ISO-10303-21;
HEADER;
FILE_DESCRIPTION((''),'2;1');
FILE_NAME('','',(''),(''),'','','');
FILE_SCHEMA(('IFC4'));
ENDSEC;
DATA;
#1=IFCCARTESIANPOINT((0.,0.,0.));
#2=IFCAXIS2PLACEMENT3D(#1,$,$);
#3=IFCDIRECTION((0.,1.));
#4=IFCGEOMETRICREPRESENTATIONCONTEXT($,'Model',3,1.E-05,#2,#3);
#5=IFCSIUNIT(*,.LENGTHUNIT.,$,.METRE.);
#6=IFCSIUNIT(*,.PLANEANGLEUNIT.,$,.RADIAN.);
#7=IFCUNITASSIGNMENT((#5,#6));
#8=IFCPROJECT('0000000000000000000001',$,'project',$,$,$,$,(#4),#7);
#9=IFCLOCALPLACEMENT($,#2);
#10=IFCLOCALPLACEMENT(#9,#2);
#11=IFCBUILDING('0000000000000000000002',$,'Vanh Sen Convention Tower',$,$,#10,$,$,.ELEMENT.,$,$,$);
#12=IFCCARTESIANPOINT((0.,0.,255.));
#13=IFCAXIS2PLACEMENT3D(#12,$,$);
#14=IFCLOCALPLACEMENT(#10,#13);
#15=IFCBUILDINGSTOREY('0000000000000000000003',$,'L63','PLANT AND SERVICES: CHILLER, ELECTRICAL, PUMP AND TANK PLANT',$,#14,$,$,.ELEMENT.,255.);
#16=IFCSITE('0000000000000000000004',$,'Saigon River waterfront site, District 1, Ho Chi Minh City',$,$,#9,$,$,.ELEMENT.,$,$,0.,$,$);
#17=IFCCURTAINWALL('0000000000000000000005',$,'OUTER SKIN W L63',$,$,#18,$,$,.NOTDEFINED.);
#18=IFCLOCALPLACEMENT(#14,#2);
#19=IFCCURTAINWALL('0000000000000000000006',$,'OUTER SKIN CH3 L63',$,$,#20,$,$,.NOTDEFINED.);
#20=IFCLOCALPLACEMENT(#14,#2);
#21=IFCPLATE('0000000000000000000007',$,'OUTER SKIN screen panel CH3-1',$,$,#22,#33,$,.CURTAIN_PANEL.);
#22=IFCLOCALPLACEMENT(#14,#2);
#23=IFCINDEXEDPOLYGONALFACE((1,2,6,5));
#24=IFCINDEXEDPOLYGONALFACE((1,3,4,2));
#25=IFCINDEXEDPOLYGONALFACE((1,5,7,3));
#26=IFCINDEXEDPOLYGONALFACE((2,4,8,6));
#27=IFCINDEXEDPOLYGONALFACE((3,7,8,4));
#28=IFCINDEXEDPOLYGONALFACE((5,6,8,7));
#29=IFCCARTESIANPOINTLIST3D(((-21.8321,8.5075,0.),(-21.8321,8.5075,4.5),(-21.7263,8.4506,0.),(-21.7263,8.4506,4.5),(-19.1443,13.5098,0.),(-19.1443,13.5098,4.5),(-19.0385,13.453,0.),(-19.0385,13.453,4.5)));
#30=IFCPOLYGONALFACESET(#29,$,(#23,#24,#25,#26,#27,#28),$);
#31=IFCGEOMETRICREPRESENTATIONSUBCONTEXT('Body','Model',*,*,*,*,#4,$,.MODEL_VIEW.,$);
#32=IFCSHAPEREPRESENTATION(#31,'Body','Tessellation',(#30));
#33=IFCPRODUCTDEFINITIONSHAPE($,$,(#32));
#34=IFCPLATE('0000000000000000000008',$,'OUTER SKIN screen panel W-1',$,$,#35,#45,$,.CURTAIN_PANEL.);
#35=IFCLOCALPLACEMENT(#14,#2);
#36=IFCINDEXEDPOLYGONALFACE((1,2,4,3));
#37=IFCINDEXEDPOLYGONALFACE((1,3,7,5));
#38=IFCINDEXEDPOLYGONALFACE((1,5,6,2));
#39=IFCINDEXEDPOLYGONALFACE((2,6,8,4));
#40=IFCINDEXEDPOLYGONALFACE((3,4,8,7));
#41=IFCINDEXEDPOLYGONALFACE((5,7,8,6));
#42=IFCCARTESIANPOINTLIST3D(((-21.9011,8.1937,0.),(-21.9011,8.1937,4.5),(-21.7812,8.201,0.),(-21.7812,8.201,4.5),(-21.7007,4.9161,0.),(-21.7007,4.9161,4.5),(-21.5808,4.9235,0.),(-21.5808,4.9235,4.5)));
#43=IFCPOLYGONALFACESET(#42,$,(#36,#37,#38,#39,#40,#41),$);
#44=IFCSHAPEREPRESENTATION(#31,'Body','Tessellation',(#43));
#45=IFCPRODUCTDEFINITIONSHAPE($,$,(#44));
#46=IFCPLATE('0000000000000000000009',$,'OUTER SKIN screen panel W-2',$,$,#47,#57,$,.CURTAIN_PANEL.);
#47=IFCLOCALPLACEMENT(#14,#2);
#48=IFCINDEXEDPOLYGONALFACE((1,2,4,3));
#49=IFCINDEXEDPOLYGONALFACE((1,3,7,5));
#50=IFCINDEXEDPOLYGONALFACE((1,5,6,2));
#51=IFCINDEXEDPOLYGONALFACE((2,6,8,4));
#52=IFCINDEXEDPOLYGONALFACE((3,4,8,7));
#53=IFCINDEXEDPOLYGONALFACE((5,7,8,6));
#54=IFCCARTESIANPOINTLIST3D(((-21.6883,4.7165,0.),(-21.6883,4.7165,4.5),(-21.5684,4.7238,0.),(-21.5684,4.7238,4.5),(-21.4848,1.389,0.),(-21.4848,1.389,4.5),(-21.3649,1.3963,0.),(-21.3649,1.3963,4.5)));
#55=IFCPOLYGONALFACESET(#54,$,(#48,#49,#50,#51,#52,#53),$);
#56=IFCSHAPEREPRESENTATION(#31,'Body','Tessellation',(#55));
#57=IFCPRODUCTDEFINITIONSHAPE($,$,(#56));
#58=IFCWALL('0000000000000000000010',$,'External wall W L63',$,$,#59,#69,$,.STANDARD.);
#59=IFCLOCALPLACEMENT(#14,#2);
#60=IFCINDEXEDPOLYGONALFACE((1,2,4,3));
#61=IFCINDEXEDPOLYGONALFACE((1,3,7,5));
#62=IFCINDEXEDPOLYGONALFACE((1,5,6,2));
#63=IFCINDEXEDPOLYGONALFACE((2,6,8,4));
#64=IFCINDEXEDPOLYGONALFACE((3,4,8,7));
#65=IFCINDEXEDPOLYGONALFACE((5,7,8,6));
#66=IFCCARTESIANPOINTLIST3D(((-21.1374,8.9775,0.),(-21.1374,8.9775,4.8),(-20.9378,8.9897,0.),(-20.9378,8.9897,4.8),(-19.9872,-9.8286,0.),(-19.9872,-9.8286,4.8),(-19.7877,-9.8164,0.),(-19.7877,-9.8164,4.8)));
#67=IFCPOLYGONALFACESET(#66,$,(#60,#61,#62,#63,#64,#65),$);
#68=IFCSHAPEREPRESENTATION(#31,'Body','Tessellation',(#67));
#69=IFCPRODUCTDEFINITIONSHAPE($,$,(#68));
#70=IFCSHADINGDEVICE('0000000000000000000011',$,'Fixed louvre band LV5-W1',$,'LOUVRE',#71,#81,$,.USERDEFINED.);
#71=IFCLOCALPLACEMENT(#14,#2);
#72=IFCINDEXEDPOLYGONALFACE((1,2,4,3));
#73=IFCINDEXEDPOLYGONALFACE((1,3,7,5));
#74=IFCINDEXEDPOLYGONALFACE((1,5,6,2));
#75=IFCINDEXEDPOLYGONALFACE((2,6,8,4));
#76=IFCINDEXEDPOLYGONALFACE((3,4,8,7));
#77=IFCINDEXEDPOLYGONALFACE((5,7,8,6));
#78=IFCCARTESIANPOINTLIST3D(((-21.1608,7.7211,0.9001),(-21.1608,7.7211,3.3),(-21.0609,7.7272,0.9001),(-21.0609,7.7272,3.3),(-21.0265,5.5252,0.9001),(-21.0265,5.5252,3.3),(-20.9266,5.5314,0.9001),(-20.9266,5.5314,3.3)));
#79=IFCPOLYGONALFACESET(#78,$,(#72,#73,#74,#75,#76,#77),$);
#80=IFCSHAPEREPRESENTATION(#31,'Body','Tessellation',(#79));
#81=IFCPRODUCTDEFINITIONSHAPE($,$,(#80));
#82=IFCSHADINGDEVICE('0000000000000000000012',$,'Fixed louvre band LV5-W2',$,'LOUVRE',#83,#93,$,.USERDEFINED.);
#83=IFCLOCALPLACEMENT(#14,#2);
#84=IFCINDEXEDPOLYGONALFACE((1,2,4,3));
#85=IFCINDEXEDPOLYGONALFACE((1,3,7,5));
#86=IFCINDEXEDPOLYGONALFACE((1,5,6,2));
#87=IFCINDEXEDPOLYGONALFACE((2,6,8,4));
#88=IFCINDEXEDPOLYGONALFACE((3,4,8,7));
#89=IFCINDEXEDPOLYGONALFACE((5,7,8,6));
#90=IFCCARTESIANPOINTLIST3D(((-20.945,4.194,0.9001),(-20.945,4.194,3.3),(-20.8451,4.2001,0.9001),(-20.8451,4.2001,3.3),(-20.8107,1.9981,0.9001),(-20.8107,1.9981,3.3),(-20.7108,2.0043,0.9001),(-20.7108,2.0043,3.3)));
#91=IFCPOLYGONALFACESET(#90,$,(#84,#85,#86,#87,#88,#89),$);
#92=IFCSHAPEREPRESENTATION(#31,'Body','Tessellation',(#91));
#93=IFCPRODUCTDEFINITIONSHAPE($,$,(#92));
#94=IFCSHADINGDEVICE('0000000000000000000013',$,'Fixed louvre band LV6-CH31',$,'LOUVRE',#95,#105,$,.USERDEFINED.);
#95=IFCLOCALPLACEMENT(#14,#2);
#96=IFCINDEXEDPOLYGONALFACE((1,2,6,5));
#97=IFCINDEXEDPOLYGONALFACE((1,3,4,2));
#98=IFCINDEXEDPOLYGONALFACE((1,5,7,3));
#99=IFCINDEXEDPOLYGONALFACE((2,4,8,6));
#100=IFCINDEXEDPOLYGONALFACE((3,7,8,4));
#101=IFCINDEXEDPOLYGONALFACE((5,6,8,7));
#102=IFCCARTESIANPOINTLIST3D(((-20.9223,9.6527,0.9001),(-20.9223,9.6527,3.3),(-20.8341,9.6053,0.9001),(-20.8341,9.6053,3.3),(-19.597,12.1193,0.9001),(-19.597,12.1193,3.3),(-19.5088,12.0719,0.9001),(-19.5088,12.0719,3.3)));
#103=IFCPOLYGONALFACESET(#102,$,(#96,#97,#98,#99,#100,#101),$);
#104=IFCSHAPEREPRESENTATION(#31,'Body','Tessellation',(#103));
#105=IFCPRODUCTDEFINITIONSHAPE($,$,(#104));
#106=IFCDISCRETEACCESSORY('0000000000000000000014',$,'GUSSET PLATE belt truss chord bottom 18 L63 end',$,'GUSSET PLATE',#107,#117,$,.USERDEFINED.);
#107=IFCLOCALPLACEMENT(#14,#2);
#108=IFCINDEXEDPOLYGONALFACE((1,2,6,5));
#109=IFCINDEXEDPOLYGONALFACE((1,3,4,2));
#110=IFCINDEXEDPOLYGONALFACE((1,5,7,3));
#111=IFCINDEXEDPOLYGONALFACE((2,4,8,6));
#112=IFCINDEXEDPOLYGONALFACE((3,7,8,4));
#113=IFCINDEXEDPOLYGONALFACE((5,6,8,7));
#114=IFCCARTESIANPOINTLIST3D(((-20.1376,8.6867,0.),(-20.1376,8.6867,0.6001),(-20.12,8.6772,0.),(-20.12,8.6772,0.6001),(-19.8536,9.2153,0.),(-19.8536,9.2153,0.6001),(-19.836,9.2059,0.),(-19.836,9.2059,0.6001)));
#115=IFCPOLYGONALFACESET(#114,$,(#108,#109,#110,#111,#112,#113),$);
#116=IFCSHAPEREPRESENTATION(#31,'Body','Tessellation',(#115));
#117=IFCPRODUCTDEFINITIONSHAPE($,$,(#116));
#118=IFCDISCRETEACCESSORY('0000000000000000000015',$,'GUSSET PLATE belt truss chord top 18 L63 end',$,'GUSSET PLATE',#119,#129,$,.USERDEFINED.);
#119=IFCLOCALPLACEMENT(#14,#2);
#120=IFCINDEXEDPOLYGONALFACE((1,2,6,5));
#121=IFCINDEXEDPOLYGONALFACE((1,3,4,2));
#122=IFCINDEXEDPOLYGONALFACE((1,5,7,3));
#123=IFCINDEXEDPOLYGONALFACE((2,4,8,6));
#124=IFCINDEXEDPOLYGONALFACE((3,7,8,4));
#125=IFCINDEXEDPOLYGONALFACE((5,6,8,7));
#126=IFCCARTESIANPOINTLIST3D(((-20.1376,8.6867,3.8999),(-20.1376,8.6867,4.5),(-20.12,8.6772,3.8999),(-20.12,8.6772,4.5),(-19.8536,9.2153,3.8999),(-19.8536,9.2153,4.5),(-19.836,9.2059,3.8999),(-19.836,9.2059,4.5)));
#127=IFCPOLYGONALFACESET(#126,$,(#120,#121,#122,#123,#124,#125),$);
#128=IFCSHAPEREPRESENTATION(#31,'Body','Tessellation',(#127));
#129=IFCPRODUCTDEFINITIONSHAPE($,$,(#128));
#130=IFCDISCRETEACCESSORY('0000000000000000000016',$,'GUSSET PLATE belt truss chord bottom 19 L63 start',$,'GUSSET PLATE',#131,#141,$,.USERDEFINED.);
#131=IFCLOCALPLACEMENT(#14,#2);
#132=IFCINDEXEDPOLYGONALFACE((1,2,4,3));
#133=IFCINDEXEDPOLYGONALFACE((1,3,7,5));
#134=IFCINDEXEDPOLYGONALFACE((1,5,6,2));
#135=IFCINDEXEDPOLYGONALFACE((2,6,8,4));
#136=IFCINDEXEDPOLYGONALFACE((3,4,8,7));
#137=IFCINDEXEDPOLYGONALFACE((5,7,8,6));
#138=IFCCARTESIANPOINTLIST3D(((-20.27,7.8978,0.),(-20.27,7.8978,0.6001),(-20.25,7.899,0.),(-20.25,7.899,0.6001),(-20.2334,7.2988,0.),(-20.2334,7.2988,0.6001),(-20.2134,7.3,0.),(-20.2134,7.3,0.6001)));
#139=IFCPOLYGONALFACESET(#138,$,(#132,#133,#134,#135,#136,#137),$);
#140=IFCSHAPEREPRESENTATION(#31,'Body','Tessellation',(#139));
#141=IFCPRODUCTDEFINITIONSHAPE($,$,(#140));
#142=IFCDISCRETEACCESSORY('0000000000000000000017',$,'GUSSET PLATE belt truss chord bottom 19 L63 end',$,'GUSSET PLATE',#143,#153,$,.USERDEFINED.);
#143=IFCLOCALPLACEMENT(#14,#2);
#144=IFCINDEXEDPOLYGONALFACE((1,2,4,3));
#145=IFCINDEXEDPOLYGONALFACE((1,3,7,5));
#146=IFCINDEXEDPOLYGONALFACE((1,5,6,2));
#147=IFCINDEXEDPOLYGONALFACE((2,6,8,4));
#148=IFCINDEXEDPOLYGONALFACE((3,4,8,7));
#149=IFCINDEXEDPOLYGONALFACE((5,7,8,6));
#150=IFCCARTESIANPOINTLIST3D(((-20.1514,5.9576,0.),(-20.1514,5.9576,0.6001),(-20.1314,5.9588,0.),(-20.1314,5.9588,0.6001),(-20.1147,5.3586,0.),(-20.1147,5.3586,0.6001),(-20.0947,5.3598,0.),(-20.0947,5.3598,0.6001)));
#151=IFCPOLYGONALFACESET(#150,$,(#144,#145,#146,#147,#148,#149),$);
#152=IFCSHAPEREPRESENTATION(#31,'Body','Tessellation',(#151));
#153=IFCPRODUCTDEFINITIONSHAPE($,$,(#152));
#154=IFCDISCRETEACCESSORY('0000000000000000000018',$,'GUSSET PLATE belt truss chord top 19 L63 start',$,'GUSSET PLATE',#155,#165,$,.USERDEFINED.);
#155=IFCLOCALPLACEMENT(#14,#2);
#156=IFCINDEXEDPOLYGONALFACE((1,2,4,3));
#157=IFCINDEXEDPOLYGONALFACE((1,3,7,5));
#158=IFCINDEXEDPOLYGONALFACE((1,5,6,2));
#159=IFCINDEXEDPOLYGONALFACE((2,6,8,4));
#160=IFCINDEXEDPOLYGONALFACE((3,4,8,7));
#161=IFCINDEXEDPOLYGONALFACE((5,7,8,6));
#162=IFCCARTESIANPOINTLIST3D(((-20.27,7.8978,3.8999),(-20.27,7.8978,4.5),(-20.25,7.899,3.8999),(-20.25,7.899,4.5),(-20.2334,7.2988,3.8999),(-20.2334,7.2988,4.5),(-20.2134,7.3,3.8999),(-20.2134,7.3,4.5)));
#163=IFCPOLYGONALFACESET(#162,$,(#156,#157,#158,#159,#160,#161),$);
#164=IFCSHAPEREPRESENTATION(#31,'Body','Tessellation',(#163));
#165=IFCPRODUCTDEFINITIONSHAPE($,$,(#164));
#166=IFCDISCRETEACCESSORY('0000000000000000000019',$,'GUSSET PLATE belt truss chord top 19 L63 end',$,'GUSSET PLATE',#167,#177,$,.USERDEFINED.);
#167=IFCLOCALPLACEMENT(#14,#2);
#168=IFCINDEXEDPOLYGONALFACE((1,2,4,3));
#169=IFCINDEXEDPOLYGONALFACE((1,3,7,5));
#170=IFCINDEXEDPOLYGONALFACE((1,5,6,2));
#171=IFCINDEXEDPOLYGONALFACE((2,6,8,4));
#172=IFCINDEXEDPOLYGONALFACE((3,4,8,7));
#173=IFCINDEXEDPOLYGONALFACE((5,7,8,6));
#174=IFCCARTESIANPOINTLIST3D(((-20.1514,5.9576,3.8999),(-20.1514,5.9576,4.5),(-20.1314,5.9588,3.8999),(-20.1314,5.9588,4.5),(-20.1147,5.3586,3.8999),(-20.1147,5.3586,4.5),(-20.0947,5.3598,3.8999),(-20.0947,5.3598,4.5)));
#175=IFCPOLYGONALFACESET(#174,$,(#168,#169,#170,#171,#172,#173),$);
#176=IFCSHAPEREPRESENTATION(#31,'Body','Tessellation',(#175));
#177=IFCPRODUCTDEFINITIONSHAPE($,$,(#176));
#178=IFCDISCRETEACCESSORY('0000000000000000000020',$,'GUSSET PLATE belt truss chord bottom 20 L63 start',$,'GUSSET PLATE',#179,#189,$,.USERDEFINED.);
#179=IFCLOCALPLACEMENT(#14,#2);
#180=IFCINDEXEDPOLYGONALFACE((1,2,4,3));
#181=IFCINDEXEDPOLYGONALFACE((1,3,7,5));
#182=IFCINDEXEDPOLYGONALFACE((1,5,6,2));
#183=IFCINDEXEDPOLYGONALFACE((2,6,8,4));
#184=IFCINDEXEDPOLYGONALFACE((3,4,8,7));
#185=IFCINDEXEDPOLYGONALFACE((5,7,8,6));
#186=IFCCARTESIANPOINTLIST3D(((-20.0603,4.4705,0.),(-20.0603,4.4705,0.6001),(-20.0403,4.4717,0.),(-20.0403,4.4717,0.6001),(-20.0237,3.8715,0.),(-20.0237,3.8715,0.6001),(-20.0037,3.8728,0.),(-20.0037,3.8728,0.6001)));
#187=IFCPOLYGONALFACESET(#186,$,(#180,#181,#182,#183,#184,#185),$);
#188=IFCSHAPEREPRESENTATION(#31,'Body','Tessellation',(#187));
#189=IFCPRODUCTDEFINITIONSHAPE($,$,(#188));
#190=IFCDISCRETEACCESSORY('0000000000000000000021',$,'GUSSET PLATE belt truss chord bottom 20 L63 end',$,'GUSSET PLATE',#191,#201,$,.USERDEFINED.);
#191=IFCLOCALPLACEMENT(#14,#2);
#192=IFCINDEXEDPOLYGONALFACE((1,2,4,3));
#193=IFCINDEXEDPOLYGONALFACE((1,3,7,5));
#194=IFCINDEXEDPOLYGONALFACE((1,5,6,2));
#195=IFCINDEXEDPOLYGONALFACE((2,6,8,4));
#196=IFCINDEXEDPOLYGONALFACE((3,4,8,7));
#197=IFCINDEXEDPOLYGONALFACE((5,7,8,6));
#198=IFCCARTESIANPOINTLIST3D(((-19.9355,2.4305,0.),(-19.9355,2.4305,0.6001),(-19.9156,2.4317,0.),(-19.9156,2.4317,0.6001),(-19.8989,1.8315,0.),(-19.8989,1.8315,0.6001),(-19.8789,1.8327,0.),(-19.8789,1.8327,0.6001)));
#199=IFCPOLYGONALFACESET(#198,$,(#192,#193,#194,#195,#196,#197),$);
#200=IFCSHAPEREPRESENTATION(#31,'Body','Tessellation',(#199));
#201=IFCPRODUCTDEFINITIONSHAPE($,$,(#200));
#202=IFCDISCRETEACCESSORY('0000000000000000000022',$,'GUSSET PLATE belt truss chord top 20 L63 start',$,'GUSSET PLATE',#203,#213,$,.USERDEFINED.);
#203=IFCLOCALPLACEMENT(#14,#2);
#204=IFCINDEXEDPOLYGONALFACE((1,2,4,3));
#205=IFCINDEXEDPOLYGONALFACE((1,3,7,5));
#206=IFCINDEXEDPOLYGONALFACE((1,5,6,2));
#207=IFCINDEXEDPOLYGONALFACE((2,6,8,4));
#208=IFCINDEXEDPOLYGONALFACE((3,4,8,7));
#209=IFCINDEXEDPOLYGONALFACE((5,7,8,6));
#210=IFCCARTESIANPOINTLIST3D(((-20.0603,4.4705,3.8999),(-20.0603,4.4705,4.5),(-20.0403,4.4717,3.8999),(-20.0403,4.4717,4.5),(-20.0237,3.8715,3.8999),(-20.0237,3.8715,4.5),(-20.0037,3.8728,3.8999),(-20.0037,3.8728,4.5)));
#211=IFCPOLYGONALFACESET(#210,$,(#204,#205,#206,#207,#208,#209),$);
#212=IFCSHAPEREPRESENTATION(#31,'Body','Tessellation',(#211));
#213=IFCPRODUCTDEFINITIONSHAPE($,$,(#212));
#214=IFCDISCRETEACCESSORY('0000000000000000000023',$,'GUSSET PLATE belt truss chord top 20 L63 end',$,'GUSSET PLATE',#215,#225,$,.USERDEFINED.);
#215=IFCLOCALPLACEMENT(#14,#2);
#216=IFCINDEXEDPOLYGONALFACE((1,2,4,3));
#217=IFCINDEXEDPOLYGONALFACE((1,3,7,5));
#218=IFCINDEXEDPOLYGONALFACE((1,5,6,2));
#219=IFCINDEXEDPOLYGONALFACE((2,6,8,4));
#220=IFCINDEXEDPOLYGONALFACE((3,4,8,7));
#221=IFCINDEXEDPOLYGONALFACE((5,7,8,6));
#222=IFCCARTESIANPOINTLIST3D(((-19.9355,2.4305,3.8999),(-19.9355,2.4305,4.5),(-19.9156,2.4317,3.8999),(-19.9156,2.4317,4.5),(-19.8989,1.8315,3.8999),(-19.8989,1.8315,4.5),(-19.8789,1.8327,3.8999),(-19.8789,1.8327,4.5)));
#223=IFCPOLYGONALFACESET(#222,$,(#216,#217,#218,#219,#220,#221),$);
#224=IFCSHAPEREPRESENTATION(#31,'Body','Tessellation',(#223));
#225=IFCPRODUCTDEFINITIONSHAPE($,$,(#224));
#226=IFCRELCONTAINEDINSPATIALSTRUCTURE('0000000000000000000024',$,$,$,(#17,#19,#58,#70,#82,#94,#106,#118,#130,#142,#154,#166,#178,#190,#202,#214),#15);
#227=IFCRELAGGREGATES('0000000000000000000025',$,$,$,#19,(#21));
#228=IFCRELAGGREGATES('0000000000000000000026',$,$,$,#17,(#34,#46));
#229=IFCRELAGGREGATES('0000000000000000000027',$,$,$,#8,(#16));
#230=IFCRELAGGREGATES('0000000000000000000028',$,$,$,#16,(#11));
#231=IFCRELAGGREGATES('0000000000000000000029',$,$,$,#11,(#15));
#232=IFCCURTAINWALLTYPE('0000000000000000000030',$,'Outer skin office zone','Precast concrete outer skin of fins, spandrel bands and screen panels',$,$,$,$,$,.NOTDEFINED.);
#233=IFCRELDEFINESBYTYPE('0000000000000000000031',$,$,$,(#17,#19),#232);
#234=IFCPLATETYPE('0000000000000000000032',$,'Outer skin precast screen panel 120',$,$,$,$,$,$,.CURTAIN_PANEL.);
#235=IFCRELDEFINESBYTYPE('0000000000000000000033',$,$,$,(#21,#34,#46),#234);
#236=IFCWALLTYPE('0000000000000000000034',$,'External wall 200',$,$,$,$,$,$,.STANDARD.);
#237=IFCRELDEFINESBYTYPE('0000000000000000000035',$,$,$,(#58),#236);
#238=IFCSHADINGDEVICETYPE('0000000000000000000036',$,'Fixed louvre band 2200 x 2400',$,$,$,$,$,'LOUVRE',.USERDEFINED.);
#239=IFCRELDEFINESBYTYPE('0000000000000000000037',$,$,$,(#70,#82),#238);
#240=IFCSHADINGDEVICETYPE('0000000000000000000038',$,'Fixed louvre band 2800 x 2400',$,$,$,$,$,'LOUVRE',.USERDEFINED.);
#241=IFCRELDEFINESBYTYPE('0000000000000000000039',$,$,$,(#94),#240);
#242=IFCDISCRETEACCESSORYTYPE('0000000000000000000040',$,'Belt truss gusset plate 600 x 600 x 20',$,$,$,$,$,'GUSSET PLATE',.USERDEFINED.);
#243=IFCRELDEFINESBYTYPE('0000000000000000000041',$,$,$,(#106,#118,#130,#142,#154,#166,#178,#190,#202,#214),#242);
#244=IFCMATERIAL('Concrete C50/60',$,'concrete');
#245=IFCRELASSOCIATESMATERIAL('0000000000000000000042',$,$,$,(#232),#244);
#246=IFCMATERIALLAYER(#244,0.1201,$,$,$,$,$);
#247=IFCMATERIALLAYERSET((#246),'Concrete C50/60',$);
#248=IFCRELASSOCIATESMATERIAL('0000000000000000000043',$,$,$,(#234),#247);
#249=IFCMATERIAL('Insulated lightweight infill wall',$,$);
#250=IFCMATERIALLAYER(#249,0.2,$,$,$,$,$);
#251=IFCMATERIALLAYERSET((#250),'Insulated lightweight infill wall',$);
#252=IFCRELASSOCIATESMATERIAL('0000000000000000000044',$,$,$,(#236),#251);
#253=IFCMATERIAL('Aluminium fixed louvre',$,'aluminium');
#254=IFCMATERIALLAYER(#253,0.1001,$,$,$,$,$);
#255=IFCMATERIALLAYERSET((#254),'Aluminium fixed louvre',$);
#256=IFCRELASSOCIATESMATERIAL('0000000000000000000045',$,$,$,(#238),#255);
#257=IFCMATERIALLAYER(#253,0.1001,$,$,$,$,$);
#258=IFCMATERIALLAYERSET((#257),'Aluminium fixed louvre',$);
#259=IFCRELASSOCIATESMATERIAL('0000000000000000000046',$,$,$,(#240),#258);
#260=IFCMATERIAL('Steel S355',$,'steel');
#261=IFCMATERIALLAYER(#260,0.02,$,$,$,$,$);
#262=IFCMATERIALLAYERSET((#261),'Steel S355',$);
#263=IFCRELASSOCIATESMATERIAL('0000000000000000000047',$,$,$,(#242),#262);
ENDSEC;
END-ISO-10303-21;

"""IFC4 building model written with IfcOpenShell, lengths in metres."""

from ifc_helpers import new_model, si_unit, direction, frame, frame_2d, origin, origin_2d, place, context, subcontext, project, spatial, rectangle, extrude, material, layer, layer_set, type_object, element, aggregate, save


model = new_model("IFC4")

# Units and contexts
model_context = context("Model", 3, precision=1e-05, world=origin(), true_north=direction((0.0, 1.0)))
body_context = subcontext(model_context, "Body", "Model", "MODEL_VIEW")
ifc_project = project(units=[si_unit("LENGTHUNIT", "METRE"), si_unit("PLANEANGLEUNIT", "RADIAN")], contexts=[model_context])

# Site, building, storey
site_placement = place(None, origin())
site = spatial("IfcSite", under=ifc_project, at=site_placement, Name="Saigon River waterfront site, District 1, Ho Chi Minh City", CompositionType="ELEMENT", RefElevation=0.0)
building_placement = place(site_placement, origin())
building = spatial("IfcBuilding", under=site, at=building_placement, Name="Vanh Sen Convention Tower", CompositionType="ELEMENT")
storey_placement = place(building_placement, frame((0.0, 0.0, 255.0)))
storey = spatial("IfcBuildingStorey", under=building, at=storey_placement, Name="L63", Description="PLANT AND SERVICES: CHILLER, ELECTRICAL, PUMP AND TANK PLANT", CompositionType="ELEMENT", Elevation=255.0)

# Shared definitions
ifc_material_1 = material(Name="Steel S355", Category="steel")

# Curtain wall
ifc_material_2 = material(Name="Concrete C50/60", Category="concrete")
curtain_wall_type = type_object("IfcCurtainWallType", Name="Outer skin office zone", Description="Precast concrete outer skin of fins, spandrel bands and screen panels", PredefinedType="NOTDEFINED", material=ifc_material_2)
curtain_wall_1_placement = place(storey_placement, origin())
curtain_wall_1 = element("IfcCurtainWall", 1, at=curtain_wall_1_placement, inside=storey, type_object=curtain_wall_type, Name="OUTER SKIN W L63", PredefinedType="NOTDEFINED")

# Curtain wall, plate
curtain_wall_2_placement = place(storey_placement, origin())
curtain_wall_2 = element("IfcCurtainWall", 2, at=curtain_wall_2_placement, inside=storey, type_object=curtain_wall_type, Name="OUTER SKIN CH3 L63", PredefinedType="NOTDEFINED")
ifc_layer_1 = layer(ifc_material_2, 0.1201)
ifc_layer_set_1 = layer_set([ifc_layer_1], Name="Concrete C50/60")
plate_type = type_object("IfcPlateType", Name="Outer skin precast screen panel 120", PredefinedType="CURTAIN_PANEL", material=ifc_layer_set_1)
plate_1_placement = place(storey_placement, frame((-20.4353, 10.9802, 0.0), z_axis=(0.0, 0.0, 1.0), x_axis=(-0.473307, -0.880897, 0.0)))
plate_1 = element("IfcPlate", 3, at=plate_1_placement, type_object=plate_type, Name="OUTER SKIN screen panel CH3-1", PredefinedType="CURTAIN_PANEL", context=body_context, shape_type="SweptSolid", body=[
    extrude(rectangle(XDim=5.6787, YDim=0.1201, at=origin_2d()), origin(), (0.0, 0.0, 1.0), 4.5),
])
aggregate(curtain_wall_2, [plate_1])

# Plates
plate_2_placement = place(storey_placement, frame((-21.741, 6.5586, 0.0), z_axis=(0.0, 0.0, 1.0), x_axis=(0.061043, -0.998135, 0.0)))
plate_2 = element("IfcPlate", 4, at=plate_2_placement, type_object=plate_type, Name="OUTER SKIN screen panel W-1", PredefinedType="CURTAIN_PANEL", context=body_context, shape_type="SweptSolid", body=[
    extrude(rectangle(XDim=3.2837, YDim=0.1201, at=origin_2d()), origin(), (0.0, 0.0, 1.0), 4.5),
])
plate_3_placement = place(storey_placement, frame((-21.5266, 3.0564, 0.0), z_axis=(0.0, 0.0, 1.0), x_axis=(0.061042, -0.998135, 0.0)))
plate_3 = element("IfcPlate", 5, at=plate_3_placement, type_object=plate_type, Name="OUTER SKIN screen panel W-2", PredefinedType="CURTAIN_PANEL", context=body_context, shape_type="SweptSolid", body=[
    extrude(rectangle(XDim=3.3337, YDim=0.1201, at=origin_2d()), origin(), (0.0, 0.0, 1.0), 4.5),
])
aggregate(curtain_wall_1, [plate_2, plate_3])

# Wall
ifc_material_3 = material(Name="Insulated lightweight infill wall")
ifc_layer_2 = layer(ifc_material_3, 0.2)
ifc_layer_set_2 = layer_set([ifc_layer_2], Name="Insulated lightweight infill wall")
wall_type = type_object("IfcWallType", Name="External wall 200", PredefinedType="STANDARD", material=ifc_layer_set_2)
wall_placement = place(storey_placement, frame((-21.0376, 8.9836, 0.0), z_axis=(0.0, 0.0, 1.0), x_axis=(0.061044, -0.998135, 0.0)))
element("IfcWall", 6, at=wall_placement, inside=storey, type_object=wall_type, Name="External wall W L63", PredefinedType="STANDARD", context=body_context, shape_type="SweptSolid", body=[
    extrude(rectangle(XDim=18.8413, YDim=0.2, at=frame_2d((9.4207, 0.0))), origin(), (0.0, 0.0, 1.0), 4.8),
])

# Shading devices
ifc_material_4 = material(Name="Aluminium fixed louvre", Category="aluminium")
ifc_layer_3 = layer(ifc_material_4, 0.1001)
ifc_layer_set_3 = layer_set([ifc_layer_3], Name="Aluminium fixed louvre")
shading_device_type_1 = type_object("IfcShadingDeviceType", Name="Fixed louvre band 2200 x 2400", ElementType="LOUVRE", PredefinedType="USERDEFINED", material=ifc_layer_set_3)
for number, where, z_axis, x_axis, name in (
    (7, (-21.0437, 6.6262, 0.9001), (0.0, 0.0, 1.0), (0.061045, -0.998135, 0.0), "Fixed louvre band LV5-W1"),
    (8, (-20.8279, 3.0991, 0.9001), (0.0, 0.0, 1.0), (0.061045, -0.998135, 0.0), "Fixed louvre band LV5-W2"),
):
    element("IfcShadingDevice", number, at=place(storey_placement, frame(where, z_axis=z_axis, x_axis=x_axis)), inside=storey, type_object=shading_device_type_1, Name=name, ObjectType="LOUVRE", PredefinedType="USERDEFINED", context=body_context, shape_type="SweptSolid", body=[
        extrude(rectangle(XDim=2.2, YDim=0.1001, at=origin_2d()), origin(), (0.0, 0.0, 1.0), 2.3999),
    ])
ifc_layer_4 = layer(ifc_material_4, 0.1001)
ifc_layer_set_4 = layer_set([ifc_layer_4], Name="Aluminium fixed louvre")
shading_device_type_2 = type_object("IfcShadingDeviceType", Name="Fixed louvre band 2800 x 2400", ElementType="LOUVRE", PredefinedType="USERDEFINED", material=ifc_layer_set_4)
shading_device_placement = place(storey_placement, frame((-20.2156, 10.8623, 0.9001), z_axis=(0.0, 0.0, 1.0), x_axis=(-0.473307, -0.880897, 0.0)))
element("IfcShadingDevice", 9, at=shading_device_placement, inside=storey, type_object=shading_device_type_2, Name="Fixed louvre band LV6-CH31", ObjectType="LOUVRE", PredefinedType="USERDEFINED", context=body_context, shape_type="SweptSolid", body=[
    extrude(rectangle(XDim=2.8, YDim=0.1001, at=origin_2d()), origin(), (0.0, 0.0, 1.0), 2.3999),
])

# Discrete accessories
ifc_layer_5 = layer(ifc_material_1, 0.02)
ifc_layer_set_5 = layer_set([ifc_layer_5], Name="Steel S355")
discrete_accessory_type_1 = type_object("IfcDiscreteAccessoryType", Name="Belt truss gusset plate 600 x 600 x 20", ElementType="GUSSET PLATE", PredefinedType="USERDEFINED", material=ifc_layer_set_5)
for number, where, z_axis, x_axis, name in (
    (10, (-19.9868, 8.9463, 0.0), (0.0, 0.0, 1.0), (0.473304, 0.880899, 0.0), "GUSSET PLATE belt truss chord bottom 18 L63 end"),
    (11, (-19.9868, 8.9463, 3.8999), (0.0, 0.0, 1.0), (0.473304, 0.880899, 0.0), "GUSSET PLATE belt truss chord top 18 L63 end"),
    (12, (-20.2417, 7.5989, 0.0), (0.0, 0.0, 1.0), (0.061043, -0.998135, 0.0), "GUSSET PLATE belt truss chord bottom 19 L63 start"),
    (13, (-20.123, 5.6587, 0.0), (0.0, 0.0, 1.0), (-0.061043, 0.998135, 0.0), "GUSSET PLATE belt truss chord bottom 19 L63 end"),
    (14, (-20.2417, 7.5989, 3.8999), (0.0, 0.0, 1.0), (0.061043, -0.998135, 0.0), "GUSSET PLATE belt truss chord top 19 L63 start"),
    (15, (-20.123, 5.6587, 3.8999), (0.0, 0.0, 1.0), (-0.061043, 0.998135, 0.0), "GUSSET PLATE belt truss chord top 19 L63 end"),
    (16, (-20.032, 4.1716, 0.0), (0.0, 0.0, 1.0), (0.061042, -0.998135, 0.0), "GUSSET PLATE belt truss chord bottom 20 L63 start"),
    (17, (-19.9072, 2.1316, 0.0), (0.0, 0.0, 1.0), (-0.061042, 0.998135, 0.0), "GUSSET PLATE belt truss chord bottom 20 L63 end"),
    (18, (-20.032, 4.1716, 3.8999), (0.0, 0.0, 1.0), (0.061042, -0.998135, 0.0), "GUSSET PLATE belt truss chord top 20 L63 start"),
    (19, (-19.9072, 2.1316, 3.8999), (0.0, 0.0, 1.0), (-0.061042, 0.998135, 0.0), "GUSSET PLATE belt truss chord top 20 L63 end"),
):
    element("IfcDiscreteAccessory", number, at=place(storey_placement, frame(where, z_axis=z_axis, x_axis=x_axis)), inside=storey, type_object=discrete_accessory_type_1, Name=name, ObjectType="GUSSET PLATE", PredefinedType="USERDEFINED", context=body_context, shape_type="SweptSolid", body=[
        extrude(rectangle(XDim=0.6001, YDim=0.02, at=origin_2d()), origin(), (0.0, 0.0, 1.0), 0.6001),
    ])

save(model, "model.ifc")
